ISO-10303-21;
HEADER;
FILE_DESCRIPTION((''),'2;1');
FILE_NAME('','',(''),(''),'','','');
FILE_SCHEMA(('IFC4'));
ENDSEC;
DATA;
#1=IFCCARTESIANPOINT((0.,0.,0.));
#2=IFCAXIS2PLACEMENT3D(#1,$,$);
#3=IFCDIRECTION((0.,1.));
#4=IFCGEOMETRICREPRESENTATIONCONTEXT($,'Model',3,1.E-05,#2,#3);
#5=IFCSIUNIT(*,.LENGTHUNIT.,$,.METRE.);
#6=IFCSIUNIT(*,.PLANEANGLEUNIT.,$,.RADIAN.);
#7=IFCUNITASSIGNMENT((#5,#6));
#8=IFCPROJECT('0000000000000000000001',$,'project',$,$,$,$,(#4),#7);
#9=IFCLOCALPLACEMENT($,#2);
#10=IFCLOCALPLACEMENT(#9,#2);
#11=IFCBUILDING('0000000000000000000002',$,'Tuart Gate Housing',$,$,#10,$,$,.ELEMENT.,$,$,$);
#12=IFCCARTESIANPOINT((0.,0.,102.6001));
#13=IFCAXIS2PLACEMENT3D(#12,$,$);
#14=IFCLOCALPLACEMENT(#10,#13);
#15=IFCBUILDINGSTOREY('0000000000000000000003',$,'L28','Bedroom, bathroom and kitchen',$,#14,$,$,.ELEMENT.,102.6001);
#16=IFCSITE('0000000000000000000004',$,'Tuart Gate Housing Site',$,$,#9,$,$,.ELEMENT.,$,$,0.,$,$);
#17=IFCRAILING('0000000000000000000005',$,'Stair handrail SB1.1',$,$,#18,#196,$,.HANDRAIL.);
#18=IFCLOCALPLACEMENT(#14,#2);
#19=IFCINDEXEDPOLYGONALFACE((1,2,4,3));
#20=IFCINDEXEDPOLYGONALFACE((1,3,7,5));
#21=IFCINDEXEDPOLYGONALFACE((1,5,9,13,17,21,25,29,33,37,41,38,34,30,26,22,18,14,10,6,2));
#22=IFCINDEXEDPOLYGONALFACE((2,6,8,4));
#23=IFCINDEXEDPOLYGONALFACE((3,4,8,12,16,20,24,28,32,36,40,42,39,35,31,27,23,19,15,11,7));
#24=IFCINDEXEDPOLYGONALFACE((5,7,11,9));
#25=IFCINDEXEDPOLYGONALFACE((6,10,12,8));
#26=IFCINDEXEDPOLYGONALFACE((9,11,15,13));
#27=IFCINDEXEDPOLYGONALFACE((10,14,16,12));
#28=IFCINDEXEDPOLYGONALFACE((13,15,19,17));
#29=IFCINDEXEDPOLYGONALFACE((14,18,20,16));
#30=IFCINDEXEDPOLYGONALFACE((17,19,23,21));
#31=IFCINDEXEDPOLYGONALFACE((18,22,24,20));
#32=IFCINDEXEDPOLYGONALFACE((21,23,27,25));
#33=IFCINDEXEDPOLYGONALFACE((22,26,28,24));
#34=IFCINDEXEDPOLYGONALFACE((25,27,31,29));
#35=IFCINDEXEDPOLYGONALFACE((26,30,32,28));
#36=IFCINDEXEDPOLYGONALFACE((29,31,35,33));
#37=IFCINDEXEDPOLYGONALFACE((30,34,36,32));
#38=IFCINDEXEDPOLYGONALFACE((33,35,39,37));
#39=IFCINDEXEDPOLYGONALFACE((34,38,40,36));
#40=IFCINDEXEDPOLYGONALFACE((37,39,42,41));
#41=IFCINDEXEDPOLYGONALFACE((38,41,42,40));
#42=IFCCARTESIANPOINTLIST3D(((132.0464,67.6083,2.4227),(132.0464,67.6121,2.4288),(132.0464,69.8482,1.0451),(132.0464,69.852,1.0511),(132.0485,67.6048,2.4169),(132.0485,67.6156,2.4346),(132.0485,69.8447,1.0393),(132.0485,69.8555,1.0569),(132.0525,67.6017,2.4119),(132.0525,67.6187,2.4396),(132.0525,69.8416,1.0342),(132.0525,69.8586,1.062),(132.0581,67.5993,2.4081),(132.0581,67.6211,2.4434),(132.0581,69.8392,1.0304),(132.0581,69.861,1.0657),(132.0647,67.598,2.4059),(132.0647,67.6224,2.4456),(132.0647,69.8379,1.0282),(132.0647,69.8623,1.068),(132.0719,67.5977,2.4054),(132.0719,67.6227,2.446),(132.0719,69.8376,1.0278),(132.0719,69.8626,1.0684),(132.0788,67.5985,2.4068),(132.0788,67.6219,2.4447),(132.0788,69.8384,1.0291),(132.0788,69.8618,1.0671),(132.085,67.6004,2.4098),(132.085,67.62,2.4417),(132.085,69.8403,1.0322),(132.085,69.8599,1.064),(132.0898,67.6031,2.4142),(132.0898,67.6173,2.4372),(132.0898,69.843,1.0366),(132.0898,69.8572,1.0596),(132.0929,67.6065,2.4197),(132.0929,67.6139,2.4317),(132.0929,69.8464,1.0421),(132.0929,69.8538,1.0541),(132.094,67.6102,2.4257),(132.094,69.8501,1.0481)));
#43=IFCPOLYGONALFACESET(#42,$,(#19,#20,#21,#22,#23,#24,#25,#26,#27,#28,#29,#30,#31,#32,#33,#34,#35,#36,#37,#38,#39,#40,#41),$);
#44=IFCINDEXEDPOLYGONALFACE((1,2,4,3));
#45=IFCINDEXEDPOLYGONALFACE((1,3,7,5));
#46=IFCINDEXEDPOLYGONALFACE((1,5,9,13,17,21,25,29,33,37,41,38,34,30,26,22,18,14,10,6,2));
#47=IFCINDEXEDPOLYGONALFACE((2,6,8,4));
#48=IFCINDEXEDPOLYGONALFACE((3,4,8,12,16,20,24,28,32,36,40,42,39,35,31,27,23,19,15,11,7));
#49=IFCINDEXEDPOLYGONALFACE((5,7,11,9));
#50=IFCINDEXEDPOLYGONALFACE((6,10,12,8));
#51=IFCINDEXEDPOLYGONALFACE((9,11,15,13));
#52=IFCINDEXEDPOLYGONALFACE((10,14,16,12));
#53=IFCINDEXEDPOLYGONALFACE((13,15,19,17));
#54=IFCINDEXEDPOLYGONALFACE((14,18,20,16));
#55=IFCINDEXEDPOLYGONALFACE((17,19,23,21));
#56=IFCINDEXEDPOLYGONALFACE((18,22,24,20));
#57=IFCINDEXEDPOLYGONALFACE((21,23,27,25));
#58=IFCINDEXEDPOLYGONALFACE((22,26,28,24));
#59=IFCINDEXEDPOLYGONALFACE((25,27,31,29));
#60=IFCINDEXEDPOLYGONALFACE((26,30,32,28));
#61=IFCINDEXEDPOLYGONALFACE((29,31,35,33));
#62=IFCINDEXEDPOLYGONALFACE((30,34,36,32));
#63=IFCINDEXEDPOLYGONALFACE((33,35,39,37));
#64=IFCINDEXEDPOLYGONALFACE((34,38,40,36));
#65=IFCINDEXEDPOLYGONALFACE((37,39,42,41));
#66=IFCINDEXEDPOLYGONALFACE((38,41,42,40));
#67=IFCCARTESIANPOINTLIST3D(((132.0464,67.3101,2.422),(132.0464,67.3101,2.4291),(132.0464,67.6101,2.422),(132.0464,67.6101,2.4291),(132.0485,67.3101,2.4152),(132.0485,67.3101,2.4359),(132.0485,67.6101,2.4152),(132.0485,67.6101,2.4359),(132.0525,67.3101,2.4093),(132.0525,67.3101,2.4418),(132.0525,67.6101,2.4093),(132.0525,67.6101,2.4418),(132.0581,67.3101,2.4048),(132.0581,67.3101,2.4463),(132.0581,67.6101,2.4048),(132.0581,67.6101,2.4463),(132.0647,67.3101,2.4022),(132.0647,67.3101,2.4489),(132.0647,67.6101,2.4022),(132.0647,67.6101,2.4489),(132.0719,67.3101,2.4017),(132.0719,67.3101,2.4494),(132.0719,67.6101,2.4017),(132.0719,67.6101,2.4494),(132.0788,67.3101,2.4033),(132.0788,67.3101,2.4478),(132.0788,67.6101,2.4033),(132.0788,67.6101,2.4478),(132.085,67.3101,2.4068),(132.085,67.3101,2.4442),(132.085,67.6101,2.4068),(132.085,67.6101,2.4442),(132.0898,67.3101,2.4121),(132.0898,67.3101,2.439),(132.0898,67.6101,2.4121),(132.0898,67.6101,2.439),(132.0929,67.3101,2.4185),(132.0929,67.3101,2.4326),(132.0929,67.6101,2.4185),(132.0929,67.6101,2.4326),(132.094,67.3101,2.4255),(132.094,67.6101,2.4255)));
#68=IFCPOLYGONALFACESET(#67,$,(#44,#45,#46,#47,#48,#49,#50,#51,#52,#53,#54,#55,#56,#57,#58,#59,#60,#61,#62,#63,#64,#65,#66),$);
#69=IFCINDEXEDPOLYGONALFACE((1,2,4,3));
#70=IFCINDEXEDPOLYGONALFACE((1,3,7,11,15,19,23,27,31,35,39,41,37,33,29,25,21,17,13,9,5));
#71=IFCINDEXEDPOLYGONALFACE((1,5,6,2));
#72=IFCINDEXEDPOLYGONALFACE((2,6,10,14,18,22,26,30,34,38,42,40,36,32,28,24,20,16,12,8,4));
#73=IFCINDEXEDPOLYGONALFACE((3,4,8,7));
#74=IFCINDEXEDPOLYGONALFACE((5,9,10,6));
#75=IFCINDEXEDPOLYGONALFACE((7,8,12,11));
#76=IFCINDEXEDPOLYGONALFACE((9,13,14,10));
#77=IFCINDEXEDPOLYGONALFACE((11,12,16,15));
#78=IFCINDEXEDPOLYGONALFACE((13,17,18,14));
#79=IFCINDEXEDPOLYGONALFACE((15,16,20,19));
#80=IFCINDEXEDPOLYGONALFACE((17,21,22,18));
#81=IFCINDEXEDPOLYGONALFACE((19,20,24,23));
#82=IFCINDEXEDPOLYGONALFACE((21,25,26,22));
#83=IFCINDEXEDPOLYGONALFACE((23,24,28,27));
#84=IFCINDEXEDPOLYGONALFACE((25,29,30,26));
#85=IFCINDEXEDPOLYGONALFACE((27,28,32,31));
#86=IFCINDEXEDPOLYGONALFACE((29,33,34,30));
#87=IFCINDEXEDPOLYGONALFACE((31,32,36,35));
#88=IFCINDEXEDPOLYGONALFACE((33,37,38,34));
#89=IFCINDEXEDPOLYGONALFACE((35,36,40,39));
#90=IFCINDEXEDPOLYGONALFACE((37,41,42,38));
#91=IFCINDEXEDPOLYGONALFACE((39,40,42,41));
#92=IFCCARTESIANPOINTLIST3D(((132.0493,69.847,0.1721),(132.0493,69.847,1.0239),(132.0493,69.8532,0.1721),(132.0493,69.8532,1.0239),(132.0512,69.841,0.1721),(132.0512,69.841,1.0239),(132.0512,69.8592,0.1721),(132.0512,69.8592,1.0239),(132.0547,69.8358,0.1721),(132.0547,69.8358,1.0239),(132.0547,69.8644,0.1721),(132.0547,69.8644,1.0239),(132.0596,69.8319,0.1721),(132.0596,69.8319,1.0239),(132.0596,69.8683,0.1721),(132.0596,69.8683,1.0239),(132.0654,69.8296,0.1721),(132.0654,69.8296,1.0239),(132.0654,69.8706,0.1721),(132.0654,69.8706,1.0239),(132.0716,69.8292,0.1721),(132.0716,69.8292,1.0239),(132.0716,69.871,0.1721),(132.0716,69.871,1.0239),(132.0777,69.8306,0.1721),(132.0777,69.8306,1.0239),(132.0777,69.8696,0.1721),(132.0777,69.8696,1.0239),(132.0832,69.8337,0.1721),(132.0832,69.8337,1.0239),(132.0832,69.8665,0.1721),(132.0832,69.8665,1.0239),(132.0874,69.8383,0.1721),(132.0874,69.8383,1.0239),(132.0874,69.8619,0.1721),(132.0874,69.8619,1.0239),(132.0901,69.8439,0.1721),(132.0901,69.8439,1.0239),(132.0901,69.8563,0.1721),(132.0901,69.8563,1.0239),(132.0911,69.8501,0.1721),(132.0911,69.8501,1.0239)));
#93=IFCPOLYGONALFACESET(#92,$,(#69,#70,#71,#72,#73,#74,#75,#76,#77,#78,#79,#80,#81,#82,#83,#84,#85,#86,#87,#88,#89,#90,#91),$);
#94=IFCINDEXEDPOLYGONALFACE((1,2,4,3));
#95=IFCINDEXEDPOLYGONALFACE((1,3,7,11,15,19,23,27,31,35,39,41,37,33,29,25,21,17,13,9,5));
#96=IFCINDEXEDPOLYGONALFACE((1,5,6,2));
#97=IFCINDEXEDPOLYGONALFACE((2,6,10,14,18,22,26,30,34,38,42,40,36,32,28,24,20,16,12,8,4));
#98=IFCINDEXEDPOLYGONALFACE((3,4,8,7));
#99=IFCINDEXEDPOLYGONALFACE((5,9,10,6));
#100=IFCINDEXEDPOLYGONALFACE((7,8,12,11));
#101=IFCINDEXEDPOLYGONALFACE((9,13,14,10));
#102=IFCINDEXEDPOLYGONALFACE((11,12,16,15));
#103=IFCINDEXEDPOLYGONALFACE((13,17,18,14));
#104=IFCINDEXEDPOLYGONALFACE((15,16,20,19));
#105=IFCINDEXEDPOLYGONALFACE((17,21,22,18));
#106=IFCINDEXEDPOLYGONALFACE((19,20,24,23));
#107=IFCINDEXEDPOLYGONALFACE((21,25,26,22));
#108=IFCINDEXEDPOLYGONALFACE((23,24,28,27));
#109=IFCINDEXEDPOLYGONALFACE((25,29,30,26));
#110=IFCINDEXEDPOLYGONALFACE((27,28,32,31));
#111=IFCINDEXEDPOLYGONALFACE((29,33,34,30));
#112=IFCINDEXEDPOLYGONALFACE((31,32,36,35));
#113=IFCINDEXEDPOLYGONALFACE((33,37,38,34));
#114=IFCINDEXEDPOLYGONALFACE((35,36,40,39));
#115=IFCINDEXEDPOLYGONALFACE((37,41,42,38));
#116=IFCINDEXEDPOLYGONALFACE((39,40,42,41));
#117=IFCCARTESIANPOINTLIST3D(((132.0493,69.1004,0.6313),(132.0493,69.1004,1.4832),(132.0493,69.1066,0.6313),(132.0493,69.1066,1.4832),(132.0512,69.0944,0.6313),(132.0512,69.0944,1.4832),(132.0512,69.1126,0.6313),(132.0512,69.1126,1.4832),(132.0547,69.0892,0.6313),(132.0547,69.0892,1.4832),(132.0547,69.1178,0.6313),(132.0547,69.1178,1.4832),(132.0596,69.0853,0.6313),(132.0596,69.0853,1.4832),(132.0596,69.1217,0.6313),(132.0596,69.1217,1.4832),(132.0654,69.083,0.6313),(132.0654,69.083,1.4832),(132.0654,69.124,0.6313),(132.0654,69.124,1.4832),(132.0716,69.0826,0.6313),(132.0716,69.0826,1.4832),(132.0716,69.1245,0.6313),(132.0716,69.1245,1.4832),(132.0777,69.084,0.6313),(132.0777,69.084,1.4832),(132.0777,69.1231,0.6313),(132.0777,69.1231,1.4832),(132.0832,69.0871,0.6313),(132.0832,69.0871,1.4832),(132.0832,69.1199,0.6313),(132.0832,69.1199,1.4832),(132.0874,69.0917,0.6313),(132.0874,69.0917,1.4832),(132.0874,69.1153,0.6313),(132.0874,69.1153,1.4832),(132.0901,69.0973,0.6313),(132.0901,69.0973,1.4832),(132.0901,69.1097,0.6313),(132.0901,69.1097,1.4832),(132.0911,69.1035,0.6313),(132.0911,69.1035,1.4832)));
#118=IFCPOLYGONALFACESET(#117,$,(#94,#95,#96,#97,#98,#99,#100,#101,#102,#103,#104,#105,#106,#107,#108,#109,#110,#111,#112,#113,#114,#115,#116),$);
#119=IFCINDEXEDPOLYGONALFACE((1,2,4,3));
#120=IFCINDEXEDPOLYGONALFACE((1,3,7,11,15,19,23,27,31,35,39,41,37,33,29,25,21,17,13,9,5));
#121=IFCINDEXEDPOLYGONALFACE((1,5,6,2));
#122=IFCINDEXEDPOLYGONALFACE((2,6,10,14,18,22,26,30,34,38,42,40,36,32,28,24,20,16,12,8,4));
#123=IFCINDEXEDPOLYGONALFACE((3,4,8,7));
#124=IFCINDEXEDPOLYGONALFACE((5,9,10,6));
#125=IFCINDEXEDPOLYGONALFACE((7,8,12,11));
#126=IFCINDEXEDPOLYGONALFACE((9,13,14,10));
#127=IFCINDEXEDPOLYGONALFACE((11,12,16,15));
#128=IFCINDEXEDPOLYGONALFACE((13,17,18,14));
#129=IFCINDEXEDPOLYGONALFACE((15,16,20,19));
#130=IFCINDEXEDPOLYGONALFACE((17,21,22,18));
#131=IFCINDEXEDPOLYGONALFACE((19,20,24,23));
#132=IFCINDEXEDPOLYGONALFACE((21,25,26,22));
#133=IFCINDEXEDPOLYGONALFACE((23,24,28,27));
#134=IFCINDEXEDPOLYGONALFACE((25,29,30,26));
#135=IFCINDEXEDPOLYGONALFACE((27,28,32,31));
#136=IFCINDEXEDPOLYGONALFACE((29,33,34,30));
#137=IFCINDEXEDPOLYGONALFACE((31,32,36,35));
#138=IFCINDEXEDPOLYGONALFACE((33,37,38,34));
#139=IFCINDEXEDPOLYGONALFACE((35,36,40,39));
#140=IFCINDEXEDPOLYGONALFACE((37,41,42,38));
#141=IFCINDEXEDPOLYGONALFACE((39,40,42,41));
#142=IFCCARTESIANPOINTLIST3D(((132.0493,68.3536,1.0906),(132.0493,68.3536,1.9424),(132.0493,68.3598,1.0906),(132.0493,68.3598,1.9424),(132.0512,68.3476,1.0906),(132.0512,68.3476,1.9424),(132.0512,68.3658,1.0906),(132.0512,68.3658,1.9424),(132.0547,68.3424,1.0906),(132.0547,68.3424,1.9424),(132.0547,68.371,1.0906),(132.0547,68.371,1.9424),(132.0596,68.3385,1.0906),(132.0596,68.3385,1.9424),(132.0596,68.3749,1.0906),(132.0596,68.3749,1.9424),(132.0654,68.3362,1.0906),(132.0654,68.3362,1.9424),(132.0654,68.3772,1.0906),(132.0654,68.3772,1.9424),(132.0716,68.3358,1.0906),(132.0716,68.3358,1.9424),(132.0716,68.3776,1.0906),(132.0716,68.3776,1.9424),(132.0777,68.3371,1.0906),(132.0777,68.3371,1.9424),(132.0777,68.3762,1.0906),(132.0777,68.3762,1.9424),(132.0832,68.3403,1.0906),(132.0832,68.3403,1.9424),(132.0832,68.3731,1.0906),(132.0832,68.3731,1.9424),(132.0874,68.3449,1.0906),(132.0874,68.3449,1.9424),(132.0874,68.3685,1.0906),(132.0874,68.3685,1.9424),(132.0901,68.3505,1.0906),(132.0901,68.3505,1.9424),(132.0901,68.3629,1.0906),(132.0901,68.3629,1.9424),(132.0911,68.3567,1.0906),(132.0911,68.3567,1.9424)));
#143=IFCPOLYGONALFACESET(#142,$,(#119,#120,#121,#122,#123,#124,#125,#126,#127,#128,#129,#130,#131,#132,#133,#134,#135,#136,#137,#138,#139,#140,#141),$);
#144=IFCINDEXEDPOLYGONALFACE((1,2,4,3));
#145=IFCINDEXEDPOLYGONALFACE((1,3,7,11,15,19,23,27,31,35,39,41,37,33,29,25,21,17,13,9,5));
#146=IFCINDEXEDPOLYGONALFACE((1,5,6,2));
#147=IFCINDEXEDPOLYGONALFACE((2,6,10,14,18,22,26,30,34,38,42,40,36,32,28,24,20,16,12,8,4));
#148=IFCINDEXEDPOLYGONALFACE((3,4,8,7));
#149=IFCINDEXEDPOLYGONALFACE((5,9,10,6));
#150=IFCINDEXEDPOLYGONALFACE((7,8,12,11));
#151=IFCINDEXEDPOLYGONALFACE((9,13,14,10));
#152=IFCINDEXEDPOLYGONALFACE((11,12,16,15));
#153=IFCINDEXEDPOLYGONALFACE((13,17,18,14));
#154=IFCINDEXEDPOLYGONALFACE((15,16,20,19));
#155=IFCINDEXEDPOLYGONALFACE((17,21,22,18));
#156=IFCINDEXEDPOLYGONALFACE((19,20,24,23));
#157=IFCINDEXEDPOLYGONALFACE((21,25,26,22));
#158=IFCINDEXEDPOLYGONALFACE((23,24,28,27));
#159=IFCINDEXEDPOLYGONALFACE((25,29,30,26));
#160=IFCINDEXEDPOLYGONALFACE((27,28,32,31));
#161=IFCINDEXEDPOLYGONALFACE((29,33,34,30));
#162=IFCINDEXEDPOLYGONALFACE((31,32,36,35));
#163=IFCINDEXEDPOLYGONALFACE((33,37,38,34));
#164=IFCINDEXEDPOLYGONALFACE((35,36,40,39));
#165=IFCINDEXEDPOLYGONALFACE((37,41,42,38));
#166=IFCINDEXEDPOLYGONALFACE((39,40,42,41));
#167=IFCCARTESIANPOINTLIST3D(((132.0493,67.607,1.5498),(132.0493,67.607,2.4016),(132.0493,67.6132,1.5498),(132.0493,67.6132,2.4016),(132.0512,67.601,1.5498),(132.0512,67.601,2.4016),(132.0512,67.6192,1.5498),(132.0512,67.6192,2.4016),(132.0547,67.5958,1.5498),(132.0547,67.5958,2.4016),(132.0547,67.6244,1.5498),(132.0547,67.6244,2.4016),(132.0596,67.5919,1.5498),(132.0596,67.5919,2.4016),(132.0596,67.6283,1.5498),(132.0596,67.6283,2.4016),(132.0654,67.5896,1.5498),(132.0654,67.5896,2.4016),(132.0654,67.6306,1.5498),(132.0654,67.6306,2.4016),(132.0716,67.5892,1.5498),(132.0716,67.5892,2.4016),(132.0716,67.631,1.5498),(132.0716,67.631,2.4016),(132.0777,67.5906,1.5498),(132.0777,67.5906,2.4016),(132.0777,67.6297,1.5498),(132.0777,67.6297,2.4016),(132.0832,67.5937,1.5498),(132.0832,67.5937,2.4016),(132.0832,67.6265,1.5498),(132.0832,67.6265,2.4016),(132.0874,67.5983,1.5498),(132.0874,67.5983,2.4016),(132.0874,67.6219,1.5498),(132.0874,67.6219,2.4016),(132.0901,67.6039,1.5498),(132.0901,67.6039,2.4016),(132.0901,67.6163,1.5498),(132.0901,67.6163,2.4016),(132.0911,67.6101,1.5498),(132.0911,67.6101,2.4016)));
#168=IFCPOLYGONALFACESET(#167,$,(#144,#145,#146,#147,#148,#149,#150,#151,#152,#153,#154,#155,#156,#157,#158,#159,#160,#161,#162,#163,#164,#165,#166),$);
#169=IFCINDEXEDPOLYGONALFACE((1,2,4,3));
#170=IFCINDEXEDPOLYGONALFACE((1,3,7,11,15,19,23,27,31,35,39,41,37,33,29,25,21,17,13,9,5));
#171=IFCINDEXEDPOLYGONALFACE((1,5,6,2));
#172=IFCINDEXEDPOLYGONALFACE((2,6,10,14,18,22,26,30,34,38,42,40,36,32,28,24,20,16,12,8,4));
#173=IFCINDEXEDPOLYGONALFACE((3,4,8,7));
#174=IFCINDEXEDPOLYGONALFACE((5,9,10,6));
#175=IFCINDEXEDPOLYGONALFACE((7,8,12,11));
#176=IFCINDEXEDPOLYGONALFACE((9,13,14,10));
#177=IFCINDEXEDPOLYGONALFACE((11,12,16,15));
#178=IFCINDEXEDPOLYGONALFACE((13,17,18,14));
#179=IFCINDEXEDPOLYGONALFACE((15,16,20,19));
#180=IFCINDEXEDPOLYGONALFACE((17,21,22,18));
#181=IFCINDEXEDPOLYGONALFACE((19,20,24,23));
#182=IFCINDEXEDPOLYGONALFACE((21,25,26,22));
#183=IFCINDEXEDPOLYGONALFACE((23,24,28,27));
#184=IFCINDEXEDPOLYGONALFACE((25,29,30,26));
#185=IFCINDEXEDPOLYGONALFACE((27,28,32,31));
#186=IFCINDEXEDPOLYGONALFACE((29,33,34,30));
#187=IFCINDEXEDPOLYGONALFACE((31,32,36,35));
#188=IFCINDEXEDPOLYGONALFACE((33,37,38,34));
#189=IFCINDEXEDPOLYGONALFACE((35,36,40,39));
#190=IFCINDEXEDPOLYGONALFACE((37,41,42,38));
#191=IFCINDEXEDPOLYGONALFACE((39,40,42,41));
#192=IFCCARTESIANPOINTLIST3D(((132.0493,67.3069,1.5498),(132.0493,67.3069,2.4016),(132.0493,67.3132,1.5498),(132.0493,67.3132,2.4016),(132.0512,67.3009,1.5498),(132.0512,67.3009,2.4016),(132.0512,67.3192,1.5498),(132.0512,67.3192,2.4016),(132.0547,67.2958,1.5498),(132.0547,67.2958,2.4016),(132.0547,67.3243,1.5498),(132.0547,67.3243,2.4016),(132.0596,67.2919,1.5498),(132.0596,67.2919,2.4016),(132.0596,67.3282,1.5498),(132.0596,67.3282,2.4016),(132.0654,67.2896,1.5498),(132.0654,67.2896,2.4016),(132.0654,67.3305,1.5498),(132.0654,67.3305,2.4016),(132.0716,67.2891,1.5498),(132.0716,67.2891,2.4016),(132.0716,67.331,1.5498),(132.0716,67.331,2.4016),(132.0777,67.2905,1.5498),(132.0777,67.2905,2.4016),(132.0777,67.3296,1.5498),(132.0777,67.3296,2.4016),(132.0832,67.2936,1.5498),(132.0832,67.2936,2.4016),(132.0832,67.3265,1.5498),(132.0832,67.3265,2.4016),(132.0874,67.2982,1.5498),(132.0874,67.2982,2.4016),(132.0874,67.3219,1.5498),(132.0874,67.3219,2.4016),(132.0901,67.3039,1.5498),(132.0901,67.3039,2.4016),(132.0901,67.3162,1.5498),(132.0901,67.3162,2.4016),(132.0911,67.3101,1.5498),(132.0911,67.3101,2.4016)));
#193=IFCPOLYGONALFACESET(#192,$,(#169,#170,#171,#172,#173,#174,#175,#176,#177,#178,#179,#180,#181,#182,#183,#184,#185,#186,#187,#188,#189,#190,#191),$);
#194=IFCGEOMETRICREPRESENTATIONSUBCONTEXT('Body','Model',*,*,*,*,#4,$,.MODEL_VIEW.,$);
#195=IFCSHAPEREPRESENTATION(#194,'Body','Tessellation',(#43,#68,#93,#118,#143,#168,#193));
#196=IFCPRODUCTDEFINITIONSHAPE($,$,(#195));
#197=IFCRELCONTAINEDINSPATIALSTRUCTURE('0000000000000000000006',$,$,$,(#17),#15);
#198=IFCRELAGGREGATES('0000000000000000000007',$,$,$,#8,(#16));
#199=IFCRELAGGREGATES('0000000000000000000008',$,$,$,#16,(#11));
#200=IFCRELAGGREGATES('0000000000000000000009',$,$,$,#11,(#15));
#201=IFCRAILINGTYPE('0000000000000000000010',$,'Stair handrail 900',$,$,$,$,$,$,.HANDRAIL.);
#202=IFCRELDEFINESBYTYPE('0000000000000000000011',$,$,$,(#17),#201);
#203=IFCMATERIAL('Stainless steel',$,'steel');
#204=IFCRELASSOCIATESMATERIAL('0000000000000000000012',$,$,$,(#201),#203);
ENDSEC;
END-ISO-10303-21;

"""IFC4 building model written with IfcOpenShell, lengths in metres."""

from ifc_helpers import new_model, si_unit, direction, frame, origin, origin_2d, place, context, subcontext, project, spatial, circle, extrude, material, type_object, element, save


model = new_model("IFC4")

# Units and contexts
model_context = context("Model", 3, precision=1e-05, world=origin(), true_north=direction((0.0, 1.0)))
body_context = subcontext(model_context, "Body", "Model", "MODEL_VIEW")
ifc_project = project(units=[si_unit("LENGTHUNIT", "METRE"), si_unit("PLANEANGLEUNIT", "RADIAN")], contexts=[model_context])

# Site, building, storey
site_placement = place(None, origin())
site = spatial("IfcSite", under=ifc_project, at=site_placement, Name="Tuart Gate Housing Site", CompositionType="ELEMENT", RefElevation=0.0)
building_placement = place(site_placement, origin())
building = spatial("IfcBuilding", under=site, at=building_placement, Name="Tuart Gate Housing", CompositionType="ELEMENT")
storey_placement = place(building_placement, frame((0.0, 0.0, 102.6001)))
storey = spatial("IfcBuildingStorey", under=building, at=storey_placement, Name="L28", Description="Bedroom, bathroom and kitchen", CompositionType="ELEMENT", Elevation=102.6001)

# Railing
ifc_material_1 = material(Name="Stainless steel", Category="steel")
railing_type = type_object("IfcRailingType", Name="Stair handrail 900", PredefinedType="HANDRAIL", material=ifc_material_1)
railing_placement = place(storey_placement, frame((132.0701, 69.8501, 0.1721)))
element("IfcRailing", 1, at=railing_placement, inside=storey, type_object=railing_type, Name="Stair handrail SB1.1", PredefinedType="HANDRAIL", context=body_context, shape_type="SweptSolid", body=[
    extrude(circle(Radius=0.0239, at=origin_2d()), frame((0.0, 0.0, 0.876), z_axis=(0.0, -0.851789, 0.523885), x_axis=(1.0, 0.0, 0.0)), (0.0, 0.0, 1.0), 2.6296),
    extrude(circle(Radius=0.0239, at=origin_2d()), frame((0.0, -2.24, 2.2534), z_axis=(0.0, -1.0, 0.0), x_axis=(1.0, 0.0, 0.0)), (0.0, 0.0, 1.0), 0.3),
    extrude(circle(Radius=0.021, at=origin_2d()), origin(), (0.0, 0.0, 1.0), 0.8518),
    extrude(circle(Radius=0.021, at=origin_2d()), frame((0.0, -0.7466, 0.4592)), (0.0, 0.0, 1.0), 0.8518),
    extrude(circle(Radius=0.021, at=origin_2d()), frame((0.0, -1.4934, 0.9185)), (0.0, 0.0, 1.0), 0.8518),
    extrude(circle(Radius=0.021, at=origin_2d()), frame((0.0, -2.24, 1.3777)), (0.0, 0.0, 1.0), 0.8518),
    extrude(circle(Radius=0.021, at=origin_2d()), frame((0.0, -2.54, 1.3777)), (0.0, 0.0, 1.0), 0.8518),
])

save(model, "model.ifc")
